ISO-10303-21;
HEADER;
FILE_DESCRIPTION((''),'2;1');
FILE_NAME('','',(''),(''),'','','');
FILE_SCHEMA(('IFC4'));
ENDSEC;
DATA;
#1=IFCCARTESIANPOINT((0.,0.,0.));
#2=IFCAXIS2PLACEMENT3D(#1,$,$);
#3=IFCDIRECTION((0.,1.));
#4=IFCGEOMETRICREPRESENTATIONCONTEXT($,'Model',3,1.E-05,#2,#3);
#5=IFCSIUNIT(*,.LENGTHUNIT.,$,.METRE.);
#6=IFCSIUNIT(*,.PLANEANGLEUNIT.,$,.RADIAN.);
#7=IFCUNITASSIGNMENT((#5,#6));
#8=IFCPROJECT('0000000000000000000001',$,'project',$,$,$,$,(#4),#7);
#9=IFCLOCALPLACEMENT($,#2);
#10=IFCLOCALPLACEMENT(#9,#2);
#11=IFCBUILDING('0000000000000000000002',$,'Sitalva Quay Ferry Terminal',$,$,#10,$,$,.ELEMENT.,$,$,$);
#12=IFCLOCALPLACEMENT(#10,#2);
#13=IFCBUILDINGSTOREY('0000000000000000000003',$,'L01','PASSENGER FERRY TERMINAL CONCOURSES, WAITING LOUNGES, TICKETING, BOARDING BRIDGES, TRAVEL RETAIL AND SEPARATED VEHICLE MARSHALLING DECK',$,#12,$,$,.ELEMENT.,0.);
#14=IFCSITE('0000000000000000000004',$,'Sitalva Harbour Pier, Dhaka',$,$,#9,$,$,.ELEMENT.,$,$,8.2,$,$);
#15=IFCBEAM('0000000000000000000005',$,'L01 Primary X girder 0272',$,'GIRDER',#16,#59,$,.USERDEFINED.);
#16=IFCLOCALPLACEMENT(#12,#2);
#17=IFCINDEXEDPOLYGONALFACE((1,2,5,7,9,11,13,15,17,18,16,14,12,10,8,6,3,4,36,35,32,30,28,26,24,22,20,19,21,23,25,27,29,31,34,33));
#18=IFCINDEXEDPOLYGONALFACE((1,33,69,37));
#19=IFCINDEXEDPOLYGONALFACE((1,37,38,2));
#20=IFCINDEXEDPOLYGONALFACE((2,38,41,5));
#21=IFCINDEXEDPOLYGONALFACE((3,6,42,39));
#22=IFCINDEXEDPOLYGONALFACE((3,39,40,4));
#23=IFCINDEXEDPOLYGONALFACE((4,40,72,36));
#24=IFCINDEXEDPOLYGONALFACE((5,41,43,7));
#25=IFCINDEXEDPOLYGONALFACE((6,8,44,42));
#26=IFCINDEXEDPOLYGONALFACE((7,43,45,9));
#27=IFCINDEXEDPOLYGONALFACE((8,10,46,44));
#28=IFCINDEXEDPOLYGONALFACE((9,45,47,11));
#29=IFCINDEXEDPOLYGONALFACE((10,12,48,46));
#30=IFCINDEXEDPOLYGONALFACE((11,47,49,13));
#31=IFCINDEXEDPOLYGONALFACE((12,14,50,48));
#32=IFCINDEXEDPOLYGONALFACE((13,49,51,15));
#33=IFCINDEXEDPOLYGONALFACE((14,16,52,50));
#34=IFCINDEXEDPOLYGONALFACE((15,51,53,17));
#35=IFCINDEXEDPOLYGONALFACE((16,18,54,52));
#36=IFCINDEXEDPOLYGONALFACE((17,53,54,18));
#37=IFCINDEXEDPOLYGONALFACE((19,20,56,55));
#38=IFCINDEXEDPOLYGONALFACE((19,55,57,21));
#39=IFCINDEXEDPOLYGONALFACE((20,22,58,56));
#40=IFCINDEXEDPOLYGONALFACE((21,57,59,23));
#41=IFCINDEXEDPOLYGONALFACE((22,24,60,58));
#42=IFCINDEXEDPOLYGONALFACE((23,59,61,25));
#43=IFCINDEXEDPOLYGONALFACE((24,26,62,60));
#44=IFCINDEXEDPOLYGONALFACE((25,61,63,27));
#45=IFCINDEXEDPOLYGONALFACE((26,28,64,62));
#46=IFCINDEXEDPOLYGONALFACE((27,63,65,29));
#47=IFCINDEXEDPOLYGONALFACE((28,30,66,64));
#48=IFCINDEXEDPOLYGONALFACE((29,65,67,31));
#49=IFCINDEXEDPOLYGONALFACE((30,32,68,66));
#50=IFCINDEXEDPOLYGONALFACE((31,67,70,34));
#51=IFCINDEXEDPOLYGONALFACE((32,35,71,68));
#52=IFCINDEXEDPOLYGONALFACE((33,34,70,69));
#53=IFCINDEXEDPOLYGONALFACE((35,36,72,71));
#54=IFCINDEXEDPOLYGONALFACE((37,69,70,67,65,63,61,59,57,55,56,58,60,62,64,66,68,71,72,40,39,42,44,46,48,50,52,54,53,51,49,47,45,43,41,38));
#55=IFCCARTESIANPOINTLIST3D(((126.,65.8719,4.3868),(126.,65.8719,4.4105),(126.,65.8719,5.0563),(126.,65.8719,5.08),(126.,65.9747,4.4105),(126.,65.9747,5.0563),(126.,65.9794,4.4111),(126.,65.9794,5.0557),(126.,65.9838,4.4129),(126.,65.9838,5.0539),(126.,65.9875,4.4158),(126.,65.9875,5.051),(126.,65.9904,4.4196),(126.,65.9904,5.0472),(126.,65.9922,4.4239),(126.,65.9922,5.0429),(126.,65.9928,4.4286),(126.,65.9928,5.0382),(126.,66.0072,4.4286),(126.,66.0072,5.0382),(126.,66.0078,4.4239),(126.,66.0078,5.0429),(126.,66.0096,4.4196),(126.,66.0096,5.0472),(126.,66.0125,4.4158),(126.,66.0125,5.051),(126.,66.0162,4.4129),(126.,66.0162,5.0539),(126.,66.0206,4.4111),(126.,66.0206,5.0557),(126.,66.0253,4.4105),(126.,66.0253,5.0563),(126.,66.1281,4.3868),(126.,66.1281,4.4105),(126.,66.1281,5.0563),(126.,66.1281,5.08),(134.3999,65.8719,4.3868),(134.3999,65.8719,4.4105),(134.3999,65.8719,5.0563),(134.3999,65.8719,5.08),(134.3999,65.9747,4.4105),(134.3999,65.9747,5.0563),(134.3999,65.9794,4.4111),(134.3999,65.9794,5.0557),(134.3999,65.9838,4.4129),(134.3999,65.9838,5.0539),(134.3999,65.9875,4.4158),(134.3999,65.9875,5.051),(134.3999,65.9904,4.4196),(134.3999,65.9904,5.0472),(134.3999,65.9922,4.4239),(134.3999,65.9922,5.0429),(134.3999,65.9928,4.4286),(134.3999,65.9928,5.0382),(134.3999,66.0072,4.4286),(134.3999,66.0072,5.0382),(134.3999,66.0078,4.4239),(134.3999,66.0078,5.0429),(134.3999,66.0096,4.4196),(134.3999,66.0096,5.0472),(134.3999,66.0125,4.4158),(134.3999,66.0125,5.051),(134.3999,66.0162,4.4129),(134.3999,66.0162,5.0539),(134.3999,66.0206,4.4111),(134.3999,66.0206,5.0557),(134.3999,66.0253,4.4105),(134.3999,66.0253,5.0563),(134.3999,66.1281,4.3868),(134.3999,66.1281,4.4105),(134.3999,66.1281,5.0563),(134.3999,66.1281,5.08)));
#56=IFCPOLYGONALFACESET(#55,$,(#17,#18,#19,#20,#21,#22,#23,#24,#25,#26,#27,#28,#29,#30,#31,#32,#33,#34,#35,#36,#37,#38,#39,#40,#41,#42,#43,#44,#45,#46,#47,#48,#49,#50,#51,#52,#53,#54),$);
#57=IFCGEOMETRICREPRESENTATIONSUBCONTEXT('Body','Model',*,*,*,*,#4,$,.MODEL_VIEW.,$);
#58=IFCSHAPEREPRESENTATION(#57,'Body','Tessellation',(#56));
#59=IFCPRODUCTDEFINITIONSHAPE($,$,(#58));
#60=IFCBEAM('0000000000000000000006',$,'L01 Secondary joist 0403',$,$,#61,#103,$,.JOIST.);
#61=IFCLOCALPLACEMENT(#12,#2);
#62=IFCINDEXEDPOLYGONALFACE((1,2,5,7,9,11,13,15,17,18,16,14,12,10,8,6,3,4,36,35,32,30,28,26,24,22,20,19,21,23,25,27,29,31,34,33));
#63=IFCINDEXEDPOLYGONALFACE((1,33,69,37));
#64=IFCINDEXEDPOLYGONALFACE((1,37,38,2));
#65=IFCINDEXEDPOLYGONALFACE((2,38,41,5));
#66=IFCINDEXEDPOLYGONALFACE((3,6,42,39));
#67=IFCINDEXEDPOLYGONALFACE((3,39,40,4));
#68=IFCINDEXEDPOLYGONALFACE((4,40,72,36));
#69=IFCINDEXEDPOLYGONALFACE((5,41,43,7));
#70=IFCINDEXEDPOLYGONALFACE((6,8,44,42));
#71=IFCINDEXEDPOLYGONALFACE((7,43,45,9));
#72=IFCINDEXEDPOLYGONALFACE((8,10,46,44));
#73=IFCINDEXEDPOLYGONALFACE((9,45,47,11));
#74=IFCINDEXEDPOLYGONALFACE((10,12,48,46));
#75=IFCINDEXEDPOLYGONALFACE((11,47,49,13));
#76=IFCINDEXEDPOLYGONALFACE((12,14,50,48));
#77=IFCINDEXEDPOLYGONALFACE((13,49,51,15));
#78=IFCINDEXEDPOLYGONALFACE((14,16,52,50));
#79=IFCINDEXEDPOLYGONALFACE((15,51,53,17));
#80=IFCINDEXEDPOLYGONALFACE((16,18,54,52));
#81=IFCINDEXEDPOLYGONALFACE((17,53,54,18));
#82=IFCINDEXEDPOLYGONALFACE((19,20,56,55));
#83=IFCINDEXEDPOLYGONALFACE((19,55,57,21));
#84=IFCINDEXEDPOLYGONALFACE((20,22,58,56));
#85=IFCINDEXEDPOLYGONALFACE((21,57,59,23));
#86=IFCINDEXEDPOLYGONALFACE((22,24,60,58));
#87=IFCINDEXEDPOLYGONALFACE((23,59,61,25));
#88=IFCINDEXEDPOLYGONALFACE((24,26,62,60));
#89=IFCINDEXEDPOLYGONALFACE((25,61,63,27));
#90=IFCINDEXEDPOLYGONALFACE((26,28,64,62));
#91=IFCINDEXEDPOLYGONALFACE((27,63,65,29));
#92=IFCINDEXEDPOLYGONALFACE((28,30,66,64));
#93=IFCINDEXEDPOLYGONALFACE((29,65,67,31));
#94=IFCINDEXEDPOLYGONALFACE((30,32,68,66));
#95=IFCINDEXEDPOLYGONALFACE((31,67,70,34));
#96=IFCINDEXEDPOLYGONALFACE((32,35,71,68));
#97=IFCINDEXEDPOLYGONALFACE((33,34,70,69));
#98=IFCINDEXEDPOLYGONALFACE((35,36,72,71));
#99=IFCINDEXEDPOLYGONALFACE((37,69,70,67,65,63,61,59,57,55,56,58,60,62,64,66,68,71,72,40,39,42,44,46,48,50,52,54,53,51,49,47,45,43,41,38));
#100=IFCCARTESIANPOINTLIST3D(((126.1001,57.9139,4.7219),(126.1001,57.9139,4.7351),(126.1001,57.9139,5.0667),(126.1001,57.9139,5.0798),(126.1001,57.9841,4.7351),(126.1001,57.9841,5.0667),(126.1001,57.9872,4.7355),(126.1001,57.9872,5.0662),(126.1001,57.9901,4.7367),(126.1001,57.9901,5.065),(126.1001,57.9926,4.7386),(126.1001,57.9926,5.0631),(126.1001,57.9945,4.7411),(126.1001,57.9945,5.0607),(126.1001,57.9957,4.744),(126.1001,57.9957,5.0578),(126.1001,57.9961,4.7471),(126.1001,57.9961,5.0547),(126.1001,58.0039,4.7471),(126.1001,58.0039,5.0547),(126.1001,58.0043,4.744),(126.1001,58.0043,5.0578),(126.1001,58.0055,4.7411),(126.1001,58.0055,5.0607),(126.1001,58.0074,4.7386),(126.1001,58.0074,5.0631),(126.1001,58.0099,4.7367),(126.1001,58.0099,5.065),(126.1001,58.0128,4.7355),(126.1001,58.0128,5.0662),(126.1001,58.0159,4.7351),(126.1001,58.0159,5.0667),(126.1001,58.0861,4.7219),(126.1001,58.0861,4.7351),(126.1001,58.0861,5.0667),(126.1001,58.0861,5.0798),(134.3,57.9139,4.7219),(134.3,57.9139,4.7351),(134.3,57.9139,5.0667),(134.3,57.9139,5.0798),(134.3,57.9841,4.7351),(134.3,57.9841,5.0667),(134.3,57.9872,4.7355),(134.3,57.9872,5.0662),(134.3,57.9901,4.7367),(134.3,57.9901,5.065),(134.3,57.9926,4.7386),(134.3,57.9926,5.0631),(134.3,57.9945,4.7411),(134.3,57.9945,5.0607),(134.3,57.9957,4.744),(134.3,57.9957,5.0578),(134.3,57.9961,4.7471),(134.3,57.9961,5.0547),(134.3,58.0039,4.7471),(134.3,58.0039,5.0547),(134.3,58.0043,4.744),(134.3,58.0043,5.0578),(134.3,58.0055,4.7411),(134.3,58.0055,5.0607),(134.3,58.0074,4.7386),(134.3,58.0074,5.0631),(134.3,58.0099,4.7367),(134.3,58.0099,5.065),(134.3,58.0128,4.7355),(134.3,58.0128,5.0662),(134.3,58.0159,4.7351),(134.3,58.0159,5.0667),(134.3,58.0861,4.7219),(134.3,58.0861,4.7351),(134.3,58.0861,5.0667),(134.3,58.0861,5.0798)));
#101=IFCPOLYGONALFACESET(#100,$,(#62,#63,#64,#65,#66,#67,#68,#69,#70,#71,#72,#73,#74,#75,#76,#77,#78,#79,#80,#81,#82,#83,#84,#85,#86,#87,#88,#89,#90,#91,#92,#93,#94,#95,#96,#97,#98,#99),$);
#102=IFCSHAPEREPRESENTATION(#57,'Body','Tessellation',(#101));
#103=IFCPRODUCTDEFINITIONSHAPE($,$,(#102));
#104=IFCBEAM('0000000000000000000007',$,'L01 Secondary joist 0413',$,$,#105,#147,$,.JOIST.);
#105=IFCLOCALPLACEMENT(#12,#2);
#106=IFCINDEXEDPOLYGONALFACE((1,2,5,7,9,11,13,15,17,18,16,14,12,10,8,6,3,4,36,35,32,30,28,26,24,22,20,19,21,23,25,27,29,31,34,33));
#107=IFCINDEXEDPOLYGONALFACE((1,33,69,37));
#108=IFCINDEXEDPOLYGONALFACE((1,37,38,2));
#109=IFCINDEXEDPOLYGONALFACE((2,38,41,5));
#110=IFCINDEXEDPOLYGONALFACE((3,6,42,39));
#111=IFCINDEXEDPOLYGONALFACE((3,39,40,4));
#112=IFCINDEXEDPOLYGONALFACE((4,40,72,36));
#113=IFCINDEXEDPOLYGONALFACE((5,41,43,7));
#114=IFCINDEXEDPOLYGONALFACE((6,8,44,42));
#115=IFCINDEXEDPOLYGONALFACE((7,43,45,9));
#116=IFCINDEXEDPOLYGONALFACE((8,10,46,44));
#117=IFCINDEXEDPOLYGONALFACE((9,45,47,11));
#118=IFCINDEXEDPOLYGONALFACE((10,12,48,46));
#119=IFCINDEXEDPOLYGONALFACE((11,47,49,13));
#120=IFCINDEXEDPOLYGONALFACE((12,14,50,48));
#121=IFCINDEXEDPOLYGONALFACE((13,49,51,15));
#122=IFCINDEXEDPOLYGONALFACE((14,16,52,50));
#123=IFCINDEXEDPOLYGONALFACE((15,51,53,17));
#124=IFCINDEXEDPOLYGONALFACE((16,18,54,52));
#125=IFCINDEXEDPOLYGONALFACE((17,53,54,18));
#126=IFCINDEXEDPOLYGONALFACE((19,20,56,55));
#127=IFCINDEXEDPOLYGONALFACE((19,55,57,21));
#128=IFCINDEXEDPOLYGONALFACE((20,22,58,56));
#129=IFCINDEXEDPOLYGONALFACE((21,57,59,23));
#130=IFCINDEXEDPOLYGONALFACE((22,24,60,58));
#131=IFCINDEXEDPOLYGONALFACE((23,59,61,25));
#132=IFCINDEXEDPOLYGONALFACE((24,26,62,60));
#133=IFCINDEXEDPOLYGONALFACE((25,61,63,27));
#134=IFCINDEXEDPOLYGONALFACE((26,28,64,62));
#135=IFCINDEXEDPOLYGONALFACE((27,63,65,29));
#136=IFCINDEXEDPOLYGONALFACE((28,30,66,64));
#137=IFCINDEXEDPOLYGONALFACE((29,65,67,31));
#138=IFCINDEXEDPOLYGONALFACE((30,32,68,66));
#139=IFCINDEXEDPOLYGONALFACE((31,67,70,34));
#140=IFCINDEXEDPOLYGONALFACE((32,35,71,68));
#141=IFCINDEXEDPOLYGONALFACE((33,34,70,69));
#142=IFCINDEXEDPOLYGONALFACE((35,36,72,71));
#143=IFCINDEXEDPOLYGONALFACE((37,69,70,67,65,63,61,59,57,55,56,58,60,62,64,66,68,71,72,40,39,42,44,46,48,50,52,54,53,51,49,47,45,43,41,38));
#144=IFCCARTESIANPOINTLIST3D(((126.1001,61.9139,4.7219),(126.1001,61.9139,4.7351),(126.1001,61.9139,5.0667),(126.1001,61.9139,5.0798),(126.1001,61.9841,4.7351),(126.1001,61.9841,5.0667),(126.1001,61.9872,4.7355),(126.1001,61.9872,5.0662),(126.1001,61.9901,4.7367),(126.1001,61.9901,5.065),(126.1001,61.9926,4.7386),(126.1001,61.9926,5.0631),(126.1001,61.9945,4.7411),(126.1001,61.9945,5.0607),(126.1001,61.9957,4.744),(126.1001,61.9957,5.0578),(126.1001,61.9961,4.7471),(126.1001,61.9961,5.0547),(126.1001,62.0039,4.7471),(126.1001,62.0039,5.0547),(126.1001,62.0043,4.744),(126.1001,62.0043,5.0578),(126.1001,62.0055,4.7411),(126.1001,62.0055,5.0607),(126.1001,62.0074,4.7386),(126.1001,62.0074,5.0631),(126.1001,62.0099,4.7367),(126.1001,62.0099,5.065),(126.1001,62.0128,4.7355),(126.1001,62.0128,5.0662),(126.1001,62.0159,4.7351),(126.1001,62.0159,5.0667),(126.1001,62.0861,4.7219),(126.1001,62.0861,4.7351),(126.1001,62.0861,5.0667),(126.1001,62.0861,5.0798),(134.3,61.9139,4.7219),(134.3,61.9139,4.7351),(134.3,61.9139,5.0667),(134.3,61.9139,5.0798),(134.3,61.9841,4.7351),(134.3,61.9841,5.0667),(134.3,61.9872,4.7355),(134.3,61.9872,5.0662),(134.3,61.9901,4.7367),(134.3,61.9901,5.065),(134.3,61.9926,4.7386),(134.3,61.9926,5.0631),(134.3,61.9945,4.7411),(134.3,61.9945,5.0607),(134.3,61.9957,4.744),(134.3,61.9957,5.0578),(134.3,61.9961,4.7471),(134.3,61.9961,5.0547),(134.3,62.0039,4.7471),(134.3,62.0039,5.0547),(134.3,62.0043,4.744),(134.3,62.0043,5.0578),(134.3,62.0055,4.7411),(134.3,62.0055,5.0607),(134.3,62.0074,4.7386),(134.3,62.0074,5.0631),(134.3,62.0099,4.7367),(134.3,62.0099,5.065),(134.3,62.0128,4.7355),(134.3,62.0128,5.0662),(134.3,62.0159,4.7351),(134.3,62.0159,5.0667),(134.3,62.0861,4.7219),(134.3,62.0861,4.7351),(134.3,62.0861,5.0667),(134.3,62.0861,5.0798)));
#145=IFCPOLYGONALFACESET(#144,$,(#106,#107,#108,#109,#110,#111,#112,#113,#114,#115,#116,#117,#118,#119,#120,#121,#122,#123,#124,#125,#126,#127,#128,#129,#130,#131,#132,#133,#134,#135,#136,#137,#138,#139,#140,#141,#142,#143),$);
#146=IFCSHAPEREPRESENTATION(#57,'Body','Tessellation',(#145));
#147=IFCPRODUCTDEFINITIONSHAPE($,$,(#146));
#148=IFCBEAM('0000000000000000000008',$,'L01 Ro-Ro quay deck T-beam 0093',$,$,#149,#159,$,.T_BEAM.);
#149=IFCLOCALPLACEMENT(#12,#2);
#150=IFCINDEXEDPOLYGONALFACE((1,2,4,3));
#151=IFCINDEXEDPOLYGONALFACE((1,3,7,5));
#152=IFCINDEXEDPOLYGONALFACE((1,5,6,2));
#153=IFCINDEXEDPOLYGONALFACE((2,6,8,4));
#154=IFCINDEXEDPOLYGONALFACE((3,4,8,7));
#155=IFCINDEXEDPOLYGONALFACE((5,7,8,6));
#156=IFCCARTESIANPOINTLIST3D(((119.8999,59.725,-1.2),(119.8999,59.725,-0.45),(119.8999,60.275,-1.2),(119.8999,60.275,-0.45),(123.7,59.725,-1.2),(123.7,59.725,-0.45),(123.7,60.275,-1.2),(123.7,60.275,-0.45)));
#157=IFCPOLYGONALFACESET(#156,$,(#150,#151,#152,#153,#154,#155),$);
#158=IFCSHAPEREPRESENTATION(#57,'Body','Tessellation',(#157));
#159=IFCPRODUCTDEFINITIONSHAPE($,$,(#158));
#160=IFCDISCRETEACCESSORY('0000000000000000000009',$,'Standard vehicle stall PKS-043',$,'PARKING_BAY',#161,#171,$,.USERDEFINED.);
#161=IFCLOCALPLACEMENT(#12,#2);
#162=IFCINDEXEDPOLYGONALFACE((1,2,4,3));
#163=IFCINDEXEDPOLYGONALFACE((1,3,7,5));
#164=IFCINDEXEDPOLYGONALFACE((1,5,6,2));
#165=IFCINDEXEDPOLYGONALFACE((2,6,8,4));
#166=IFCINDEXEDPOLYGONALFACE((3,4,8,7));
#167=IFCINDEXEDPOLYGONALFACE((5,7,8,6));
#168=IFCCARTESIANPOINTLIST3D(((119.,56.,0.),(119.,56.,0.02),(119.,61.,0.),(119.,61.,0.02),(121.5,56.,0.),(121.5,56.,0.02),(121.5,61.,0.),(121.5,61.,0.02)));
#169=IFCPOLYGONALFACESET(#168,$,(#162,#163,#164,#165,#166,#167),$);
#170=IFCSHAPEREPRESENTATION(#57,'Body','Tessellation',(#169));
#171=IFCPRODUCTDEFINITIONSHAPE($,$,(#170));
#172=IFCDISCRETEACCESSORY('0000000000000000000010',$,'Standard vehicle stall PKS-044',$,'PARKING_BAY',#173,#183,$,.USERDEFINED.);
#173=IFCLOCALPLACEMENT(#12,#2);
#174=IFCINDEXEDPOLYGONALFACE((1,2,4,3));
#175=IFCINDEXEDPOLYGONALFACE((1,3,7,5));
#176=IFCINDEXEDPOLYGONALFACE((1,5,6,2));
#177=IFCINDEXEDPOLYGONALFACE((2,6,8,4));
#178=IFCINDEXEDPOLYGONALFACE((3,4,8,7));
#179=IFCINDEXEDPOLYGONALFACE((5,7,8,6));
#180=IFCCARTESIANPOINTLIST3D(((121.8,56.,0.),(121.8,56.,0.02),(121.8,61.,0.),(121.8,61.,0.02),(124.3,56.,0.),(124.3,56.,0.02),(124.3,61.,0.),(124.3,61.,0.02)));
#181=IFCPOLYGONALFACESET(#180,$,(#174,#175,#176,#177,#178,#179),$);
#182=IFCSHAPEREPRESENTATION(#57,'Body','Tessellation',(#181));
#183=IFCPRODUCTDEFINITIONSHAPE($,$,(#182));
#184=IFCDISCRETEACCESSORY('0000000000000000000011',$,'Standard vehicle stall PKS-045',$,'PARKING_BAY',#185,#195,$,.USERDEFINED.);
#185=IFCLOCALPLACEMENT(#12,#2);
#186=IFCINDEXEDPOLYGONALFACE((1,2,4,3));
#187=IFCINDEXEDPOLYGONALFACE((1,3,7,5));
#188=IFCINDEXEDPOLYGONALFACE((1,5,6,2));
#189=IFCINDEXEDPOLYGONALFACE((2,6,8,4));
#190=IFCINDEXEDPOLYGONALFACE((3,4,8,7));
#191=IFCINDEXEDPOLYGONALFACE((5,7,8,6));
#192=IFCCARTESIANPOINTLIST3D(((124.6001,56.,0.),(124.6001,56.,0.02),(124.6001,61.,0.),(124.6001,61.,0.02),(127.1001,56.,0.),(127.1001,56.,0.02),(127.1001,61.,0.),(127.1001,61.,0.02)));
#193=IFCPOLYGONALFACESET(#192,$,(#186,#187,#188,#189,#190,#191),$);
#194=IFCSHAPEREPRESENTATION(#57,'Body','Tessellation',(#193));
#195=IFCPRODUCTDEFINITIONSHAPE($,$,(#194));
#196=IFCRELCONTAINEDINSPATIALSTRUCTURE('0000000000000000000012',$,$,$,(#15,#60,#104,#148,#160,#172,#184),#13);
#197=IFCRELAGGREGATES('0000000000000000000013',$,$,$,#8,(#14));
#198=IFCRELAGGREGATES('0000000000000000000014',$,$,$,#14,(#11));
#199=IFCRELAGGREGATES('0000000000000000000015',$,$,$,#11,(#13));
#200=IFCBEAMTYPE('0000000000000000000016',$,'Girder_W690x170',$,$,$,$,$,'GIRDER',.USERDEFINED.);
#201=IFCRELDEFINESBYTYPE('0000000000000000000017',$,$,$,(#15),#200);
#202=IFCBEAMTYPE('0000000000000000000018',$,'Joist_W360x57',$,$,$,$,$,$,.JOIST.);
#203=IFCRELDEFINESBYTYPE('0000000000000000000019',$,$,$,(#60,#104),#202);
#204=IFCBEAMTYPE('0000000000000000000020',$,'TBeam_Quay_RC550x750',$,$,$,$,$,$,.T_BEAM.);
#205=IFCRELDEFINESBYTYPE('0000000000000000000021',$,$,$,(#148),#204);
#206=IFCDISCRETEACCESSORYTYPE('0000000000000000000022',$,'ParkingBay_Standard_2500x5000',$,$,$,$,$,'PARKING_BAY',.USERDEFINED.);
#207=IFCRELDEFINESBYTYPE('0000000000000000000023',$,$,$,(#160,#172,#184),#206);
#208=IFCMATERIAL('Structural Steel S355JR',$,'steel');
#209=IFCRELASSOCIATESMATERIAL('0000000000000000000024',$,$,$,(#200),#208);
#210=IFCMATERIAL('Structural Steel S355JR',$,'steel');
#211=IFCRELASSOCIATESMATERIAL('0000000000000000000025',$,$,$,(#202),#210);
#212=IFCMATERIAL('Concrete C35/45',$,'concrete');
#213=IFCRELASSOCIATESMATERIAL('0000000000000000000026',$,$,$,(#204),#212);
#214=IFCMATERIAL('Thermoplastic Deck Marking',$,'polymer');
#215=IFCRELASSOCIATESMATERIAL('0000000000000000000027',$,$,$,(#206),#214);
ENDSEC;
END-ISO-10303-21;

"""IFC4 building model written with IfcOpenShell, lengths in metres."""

from ifc_helpers import new_model, si_unit, direction, frame, origin, origin_2d, place, context, subcontext, project, spatial, rectangle, i_section, extrude, material, material_profile, profile_set, type_object, element, save


model = new_model("IFC4")

# Units and contexts
model_context = context("Model", 3, precision=1e-05, world=origin(), true_north=direction((0.0, 1.0)))
body_context = subcontext(model_context, "Body", "Model", "MODEL_VIEW")
ifc_project = project(units=[si_unit("LENGTHUNIT", "METRE"), si_unit("PLANEANGLEUNIT", "RADIAN")], contexts=[model_context])

# Site, building, storey
site_placement = place(None, origin())
site = spatial("IfcSite", under=ifc_project, at=site_placement, Name="Sitalva Harbour Pier, Dhaka", CompositionType="ELEMENT", RefElevation=8.2)
building_placement = place(site_placement, origin())
building = spatial("IfcBuilding", under=site, at=building_placement, Name="Sitalva Quay Ferry Terminal", CompositionType="ELEMENT")
storey_placement = place(building_placement, origin())
storey = spatial("IfcBuildingStorey", under=building, at=storey_placement, Name="L01", Description="PASSENGER FERRY TERMINAL CONCOURSES, WAITING LOUNGES, TICKETING, BOARDING BRIDGES, TRAVEL RETAIL AND SEPARATED VEHICLE MARSHALLING DECK", CompositionType="ELEMENT", Elevation=0.0)

# Beams
ifc_material_1 = material(Name="Structural Steel S355JR", Category="steel")
ifc_material_profile_1 = material_profile(ifc_material_1, i_section(OverallWidth=0.2561, OverallDepth=0.6931, WebThickness=0.0144, FlangeThickness=0.0237, FilletRadius=0.0181, at=origin_2d()), Name="W690x170")
ifc_profile_set_1 = profile_set([ifc_material_profile_1], Name="Structural Steel S355JR")
beam_type_1 = type_object("IfcBeamType", Name="Girder_W690x170", ElementType="GIRDER", PredefinedType="USERDEFINED", material=ifc_profile_set_1)
for number, where, z_axis, x_axis, name in (
    (1, (126.0, 66.0, 4.7334), (1.0, 0.0, 0.0), (0.0, 1.0, 0.0), "L01 Primary X girder 0272"),
):
    element("IfcBeam", number, at=place(storey_placement, frame(where, z_axis=z_axis, x_axis=x_axis)), inside=storey, type_object=beam_type_1, Name=name, ObjectType="GIRDER", PredefinedType="USERDEFINED", context=body_context, shape_type="SweptSolid", body=[
        extrude(i_section(OverallWidth=0.2561, OverallDepth=0.6931, WebThickness=0.0144, FlangeThickness=0.0237, FilletRadius=0.0181, at=origin_2d()), origin(), (0.0, 0.0, 1.0), 8.3999),
    ])
ifc_material_2 = material(Name="Structural Steel S355JR", Category="steel")
ifc_material_profile_2 = material_profile(ifc_material_2, i_section(OverallWidth=0.1721, OverallDepth=0.3579, WebThickness=0.0078, FlangeThickness=0.0132, FilletRadius=0.012, at=origin_2d()), Name="W360x57")
ifc_profile_set_2 = profile_set([ifc_material_profile_2], Name="Structural Steel S355JR")
beam_type_2 = type_object("IfcBeamType", Name="Joist_W360x57", PredefinedType="JOIST", material=ifc_profile_set_2)
for number, where, z_axis, x_axis, name in (
    (2, (126.1001, 58.0, 4.9009), (1.0, 0.0, 0.0), (0.0, 1.0, 0.0), "L01 Secondary joist 0403"),
    (3, (126.1001, 62.0, 4.9009), (1.0, 0.0, 0.0), (0.0, 1.0, 0.0), "L01 Secondary joist 0413"),
):
    element("IfcBeam", number, at=place(storey_placement, frame(where, z_axis=z_axis, x_axis=x_axis)), inside=storey, type_object=beam_type_2, Name=name, PredefinedType="JOIST", context=body_context, shape_type="SweptSolid", body=[
        extrude(i_section(OverallWidth=0.1721, OverallDepth=0.3579, WebThickness=0.0078, FlangeThickness=0.0132, FilletRadius=0.012, at=origin_2d()), origin(), (0.0, 0.0, 1.0), 8.2),
    ])
ifc_material_3 = material(Name="Concrete C35/45", Category="concrete")
ifc_material_profile_3 = material_profile(ifc_material_3, rectangle(XDim=0.55, YDim=0.75, at=origin_2d()), Name="RC550x750")
ifc_profile_set_3 = profile_set([ifc_material_profile_3], Name="Concrete C35/45")
beam_type_3 = type_object("IfcBeamType", Name="TBeam_Quay_RC550x750", PredefinedType="T_BEAM", material=ifc_profile_set_3)
beam_placement = place(storey_placement, frame((119.8999, 60.0, -0.825), z_axis=(1.0, 0.0, 0.0), x_axis=(0.0, 1.0, 0.0)))
element("IfcBeam", 4, at=beam_placement, inside=storey, type_object=beam_type_3, Name="L01 Ro-Ro quay deck T-beam 0093", PredefinedType="T_BEAM", context=body_context, shape_type="SweptSolid", body=[
    extrude(rectangle(XDim=0.55, YDim=0.75, at=origin_2d()), origin(), (0.0, 0.0, 1.0), 3.8),
])

# Discrete accessories
ifc_material_4 = material(Name="Thermoplastic Deck Marking", Category="polymer")
discrete_accessory_type_1 = type_object("IfcDiscreteAccessoryType", Name="ParkingBay_Standard_2500x5000", ElementType="PARKING_BAY", PredefinedType="USERDEFINED", material=ifc_material_4)
for number, where, z_axis, x_axis, name in (
    (5, (120.25, 58.5, 0.0), (0.0, 0.0, 1.0), (1.0, 0.0, 0.0), "Standard vehicle stall PKS-043"),
    (6, (123.05, 58.5, 0.0), (0.0, 0.0, 1.0), (1.0, 0.0, 0.0), "Standard vehicle stall PKS-044"),
    (7, (125.8501, 58.5, 0.0), (0.0, 0.0, 1.0), (1.0, 0.0, 0.0), "Standard vehicle stall PKS-045"),
):
    element("IfcDiscreteAccessory", number, at=place(storey_placement, frame(where, z_axis=z_axis, x_axis=x_axis)), inside=storey, type_object=discrete_accessory_type_1, Name=name, ObjectType="PARKING_BAY", PredefinedType="USERDEFINED", context=body_context, shape_type="SweptSolid", body=[
        extrude(rectangle(XDim=2.5, YDim=5.0, at=origin_2d()), origin(), (0.0, 0.0, 1.0), 0.02),
    ])

save(model, "model.ifc")
